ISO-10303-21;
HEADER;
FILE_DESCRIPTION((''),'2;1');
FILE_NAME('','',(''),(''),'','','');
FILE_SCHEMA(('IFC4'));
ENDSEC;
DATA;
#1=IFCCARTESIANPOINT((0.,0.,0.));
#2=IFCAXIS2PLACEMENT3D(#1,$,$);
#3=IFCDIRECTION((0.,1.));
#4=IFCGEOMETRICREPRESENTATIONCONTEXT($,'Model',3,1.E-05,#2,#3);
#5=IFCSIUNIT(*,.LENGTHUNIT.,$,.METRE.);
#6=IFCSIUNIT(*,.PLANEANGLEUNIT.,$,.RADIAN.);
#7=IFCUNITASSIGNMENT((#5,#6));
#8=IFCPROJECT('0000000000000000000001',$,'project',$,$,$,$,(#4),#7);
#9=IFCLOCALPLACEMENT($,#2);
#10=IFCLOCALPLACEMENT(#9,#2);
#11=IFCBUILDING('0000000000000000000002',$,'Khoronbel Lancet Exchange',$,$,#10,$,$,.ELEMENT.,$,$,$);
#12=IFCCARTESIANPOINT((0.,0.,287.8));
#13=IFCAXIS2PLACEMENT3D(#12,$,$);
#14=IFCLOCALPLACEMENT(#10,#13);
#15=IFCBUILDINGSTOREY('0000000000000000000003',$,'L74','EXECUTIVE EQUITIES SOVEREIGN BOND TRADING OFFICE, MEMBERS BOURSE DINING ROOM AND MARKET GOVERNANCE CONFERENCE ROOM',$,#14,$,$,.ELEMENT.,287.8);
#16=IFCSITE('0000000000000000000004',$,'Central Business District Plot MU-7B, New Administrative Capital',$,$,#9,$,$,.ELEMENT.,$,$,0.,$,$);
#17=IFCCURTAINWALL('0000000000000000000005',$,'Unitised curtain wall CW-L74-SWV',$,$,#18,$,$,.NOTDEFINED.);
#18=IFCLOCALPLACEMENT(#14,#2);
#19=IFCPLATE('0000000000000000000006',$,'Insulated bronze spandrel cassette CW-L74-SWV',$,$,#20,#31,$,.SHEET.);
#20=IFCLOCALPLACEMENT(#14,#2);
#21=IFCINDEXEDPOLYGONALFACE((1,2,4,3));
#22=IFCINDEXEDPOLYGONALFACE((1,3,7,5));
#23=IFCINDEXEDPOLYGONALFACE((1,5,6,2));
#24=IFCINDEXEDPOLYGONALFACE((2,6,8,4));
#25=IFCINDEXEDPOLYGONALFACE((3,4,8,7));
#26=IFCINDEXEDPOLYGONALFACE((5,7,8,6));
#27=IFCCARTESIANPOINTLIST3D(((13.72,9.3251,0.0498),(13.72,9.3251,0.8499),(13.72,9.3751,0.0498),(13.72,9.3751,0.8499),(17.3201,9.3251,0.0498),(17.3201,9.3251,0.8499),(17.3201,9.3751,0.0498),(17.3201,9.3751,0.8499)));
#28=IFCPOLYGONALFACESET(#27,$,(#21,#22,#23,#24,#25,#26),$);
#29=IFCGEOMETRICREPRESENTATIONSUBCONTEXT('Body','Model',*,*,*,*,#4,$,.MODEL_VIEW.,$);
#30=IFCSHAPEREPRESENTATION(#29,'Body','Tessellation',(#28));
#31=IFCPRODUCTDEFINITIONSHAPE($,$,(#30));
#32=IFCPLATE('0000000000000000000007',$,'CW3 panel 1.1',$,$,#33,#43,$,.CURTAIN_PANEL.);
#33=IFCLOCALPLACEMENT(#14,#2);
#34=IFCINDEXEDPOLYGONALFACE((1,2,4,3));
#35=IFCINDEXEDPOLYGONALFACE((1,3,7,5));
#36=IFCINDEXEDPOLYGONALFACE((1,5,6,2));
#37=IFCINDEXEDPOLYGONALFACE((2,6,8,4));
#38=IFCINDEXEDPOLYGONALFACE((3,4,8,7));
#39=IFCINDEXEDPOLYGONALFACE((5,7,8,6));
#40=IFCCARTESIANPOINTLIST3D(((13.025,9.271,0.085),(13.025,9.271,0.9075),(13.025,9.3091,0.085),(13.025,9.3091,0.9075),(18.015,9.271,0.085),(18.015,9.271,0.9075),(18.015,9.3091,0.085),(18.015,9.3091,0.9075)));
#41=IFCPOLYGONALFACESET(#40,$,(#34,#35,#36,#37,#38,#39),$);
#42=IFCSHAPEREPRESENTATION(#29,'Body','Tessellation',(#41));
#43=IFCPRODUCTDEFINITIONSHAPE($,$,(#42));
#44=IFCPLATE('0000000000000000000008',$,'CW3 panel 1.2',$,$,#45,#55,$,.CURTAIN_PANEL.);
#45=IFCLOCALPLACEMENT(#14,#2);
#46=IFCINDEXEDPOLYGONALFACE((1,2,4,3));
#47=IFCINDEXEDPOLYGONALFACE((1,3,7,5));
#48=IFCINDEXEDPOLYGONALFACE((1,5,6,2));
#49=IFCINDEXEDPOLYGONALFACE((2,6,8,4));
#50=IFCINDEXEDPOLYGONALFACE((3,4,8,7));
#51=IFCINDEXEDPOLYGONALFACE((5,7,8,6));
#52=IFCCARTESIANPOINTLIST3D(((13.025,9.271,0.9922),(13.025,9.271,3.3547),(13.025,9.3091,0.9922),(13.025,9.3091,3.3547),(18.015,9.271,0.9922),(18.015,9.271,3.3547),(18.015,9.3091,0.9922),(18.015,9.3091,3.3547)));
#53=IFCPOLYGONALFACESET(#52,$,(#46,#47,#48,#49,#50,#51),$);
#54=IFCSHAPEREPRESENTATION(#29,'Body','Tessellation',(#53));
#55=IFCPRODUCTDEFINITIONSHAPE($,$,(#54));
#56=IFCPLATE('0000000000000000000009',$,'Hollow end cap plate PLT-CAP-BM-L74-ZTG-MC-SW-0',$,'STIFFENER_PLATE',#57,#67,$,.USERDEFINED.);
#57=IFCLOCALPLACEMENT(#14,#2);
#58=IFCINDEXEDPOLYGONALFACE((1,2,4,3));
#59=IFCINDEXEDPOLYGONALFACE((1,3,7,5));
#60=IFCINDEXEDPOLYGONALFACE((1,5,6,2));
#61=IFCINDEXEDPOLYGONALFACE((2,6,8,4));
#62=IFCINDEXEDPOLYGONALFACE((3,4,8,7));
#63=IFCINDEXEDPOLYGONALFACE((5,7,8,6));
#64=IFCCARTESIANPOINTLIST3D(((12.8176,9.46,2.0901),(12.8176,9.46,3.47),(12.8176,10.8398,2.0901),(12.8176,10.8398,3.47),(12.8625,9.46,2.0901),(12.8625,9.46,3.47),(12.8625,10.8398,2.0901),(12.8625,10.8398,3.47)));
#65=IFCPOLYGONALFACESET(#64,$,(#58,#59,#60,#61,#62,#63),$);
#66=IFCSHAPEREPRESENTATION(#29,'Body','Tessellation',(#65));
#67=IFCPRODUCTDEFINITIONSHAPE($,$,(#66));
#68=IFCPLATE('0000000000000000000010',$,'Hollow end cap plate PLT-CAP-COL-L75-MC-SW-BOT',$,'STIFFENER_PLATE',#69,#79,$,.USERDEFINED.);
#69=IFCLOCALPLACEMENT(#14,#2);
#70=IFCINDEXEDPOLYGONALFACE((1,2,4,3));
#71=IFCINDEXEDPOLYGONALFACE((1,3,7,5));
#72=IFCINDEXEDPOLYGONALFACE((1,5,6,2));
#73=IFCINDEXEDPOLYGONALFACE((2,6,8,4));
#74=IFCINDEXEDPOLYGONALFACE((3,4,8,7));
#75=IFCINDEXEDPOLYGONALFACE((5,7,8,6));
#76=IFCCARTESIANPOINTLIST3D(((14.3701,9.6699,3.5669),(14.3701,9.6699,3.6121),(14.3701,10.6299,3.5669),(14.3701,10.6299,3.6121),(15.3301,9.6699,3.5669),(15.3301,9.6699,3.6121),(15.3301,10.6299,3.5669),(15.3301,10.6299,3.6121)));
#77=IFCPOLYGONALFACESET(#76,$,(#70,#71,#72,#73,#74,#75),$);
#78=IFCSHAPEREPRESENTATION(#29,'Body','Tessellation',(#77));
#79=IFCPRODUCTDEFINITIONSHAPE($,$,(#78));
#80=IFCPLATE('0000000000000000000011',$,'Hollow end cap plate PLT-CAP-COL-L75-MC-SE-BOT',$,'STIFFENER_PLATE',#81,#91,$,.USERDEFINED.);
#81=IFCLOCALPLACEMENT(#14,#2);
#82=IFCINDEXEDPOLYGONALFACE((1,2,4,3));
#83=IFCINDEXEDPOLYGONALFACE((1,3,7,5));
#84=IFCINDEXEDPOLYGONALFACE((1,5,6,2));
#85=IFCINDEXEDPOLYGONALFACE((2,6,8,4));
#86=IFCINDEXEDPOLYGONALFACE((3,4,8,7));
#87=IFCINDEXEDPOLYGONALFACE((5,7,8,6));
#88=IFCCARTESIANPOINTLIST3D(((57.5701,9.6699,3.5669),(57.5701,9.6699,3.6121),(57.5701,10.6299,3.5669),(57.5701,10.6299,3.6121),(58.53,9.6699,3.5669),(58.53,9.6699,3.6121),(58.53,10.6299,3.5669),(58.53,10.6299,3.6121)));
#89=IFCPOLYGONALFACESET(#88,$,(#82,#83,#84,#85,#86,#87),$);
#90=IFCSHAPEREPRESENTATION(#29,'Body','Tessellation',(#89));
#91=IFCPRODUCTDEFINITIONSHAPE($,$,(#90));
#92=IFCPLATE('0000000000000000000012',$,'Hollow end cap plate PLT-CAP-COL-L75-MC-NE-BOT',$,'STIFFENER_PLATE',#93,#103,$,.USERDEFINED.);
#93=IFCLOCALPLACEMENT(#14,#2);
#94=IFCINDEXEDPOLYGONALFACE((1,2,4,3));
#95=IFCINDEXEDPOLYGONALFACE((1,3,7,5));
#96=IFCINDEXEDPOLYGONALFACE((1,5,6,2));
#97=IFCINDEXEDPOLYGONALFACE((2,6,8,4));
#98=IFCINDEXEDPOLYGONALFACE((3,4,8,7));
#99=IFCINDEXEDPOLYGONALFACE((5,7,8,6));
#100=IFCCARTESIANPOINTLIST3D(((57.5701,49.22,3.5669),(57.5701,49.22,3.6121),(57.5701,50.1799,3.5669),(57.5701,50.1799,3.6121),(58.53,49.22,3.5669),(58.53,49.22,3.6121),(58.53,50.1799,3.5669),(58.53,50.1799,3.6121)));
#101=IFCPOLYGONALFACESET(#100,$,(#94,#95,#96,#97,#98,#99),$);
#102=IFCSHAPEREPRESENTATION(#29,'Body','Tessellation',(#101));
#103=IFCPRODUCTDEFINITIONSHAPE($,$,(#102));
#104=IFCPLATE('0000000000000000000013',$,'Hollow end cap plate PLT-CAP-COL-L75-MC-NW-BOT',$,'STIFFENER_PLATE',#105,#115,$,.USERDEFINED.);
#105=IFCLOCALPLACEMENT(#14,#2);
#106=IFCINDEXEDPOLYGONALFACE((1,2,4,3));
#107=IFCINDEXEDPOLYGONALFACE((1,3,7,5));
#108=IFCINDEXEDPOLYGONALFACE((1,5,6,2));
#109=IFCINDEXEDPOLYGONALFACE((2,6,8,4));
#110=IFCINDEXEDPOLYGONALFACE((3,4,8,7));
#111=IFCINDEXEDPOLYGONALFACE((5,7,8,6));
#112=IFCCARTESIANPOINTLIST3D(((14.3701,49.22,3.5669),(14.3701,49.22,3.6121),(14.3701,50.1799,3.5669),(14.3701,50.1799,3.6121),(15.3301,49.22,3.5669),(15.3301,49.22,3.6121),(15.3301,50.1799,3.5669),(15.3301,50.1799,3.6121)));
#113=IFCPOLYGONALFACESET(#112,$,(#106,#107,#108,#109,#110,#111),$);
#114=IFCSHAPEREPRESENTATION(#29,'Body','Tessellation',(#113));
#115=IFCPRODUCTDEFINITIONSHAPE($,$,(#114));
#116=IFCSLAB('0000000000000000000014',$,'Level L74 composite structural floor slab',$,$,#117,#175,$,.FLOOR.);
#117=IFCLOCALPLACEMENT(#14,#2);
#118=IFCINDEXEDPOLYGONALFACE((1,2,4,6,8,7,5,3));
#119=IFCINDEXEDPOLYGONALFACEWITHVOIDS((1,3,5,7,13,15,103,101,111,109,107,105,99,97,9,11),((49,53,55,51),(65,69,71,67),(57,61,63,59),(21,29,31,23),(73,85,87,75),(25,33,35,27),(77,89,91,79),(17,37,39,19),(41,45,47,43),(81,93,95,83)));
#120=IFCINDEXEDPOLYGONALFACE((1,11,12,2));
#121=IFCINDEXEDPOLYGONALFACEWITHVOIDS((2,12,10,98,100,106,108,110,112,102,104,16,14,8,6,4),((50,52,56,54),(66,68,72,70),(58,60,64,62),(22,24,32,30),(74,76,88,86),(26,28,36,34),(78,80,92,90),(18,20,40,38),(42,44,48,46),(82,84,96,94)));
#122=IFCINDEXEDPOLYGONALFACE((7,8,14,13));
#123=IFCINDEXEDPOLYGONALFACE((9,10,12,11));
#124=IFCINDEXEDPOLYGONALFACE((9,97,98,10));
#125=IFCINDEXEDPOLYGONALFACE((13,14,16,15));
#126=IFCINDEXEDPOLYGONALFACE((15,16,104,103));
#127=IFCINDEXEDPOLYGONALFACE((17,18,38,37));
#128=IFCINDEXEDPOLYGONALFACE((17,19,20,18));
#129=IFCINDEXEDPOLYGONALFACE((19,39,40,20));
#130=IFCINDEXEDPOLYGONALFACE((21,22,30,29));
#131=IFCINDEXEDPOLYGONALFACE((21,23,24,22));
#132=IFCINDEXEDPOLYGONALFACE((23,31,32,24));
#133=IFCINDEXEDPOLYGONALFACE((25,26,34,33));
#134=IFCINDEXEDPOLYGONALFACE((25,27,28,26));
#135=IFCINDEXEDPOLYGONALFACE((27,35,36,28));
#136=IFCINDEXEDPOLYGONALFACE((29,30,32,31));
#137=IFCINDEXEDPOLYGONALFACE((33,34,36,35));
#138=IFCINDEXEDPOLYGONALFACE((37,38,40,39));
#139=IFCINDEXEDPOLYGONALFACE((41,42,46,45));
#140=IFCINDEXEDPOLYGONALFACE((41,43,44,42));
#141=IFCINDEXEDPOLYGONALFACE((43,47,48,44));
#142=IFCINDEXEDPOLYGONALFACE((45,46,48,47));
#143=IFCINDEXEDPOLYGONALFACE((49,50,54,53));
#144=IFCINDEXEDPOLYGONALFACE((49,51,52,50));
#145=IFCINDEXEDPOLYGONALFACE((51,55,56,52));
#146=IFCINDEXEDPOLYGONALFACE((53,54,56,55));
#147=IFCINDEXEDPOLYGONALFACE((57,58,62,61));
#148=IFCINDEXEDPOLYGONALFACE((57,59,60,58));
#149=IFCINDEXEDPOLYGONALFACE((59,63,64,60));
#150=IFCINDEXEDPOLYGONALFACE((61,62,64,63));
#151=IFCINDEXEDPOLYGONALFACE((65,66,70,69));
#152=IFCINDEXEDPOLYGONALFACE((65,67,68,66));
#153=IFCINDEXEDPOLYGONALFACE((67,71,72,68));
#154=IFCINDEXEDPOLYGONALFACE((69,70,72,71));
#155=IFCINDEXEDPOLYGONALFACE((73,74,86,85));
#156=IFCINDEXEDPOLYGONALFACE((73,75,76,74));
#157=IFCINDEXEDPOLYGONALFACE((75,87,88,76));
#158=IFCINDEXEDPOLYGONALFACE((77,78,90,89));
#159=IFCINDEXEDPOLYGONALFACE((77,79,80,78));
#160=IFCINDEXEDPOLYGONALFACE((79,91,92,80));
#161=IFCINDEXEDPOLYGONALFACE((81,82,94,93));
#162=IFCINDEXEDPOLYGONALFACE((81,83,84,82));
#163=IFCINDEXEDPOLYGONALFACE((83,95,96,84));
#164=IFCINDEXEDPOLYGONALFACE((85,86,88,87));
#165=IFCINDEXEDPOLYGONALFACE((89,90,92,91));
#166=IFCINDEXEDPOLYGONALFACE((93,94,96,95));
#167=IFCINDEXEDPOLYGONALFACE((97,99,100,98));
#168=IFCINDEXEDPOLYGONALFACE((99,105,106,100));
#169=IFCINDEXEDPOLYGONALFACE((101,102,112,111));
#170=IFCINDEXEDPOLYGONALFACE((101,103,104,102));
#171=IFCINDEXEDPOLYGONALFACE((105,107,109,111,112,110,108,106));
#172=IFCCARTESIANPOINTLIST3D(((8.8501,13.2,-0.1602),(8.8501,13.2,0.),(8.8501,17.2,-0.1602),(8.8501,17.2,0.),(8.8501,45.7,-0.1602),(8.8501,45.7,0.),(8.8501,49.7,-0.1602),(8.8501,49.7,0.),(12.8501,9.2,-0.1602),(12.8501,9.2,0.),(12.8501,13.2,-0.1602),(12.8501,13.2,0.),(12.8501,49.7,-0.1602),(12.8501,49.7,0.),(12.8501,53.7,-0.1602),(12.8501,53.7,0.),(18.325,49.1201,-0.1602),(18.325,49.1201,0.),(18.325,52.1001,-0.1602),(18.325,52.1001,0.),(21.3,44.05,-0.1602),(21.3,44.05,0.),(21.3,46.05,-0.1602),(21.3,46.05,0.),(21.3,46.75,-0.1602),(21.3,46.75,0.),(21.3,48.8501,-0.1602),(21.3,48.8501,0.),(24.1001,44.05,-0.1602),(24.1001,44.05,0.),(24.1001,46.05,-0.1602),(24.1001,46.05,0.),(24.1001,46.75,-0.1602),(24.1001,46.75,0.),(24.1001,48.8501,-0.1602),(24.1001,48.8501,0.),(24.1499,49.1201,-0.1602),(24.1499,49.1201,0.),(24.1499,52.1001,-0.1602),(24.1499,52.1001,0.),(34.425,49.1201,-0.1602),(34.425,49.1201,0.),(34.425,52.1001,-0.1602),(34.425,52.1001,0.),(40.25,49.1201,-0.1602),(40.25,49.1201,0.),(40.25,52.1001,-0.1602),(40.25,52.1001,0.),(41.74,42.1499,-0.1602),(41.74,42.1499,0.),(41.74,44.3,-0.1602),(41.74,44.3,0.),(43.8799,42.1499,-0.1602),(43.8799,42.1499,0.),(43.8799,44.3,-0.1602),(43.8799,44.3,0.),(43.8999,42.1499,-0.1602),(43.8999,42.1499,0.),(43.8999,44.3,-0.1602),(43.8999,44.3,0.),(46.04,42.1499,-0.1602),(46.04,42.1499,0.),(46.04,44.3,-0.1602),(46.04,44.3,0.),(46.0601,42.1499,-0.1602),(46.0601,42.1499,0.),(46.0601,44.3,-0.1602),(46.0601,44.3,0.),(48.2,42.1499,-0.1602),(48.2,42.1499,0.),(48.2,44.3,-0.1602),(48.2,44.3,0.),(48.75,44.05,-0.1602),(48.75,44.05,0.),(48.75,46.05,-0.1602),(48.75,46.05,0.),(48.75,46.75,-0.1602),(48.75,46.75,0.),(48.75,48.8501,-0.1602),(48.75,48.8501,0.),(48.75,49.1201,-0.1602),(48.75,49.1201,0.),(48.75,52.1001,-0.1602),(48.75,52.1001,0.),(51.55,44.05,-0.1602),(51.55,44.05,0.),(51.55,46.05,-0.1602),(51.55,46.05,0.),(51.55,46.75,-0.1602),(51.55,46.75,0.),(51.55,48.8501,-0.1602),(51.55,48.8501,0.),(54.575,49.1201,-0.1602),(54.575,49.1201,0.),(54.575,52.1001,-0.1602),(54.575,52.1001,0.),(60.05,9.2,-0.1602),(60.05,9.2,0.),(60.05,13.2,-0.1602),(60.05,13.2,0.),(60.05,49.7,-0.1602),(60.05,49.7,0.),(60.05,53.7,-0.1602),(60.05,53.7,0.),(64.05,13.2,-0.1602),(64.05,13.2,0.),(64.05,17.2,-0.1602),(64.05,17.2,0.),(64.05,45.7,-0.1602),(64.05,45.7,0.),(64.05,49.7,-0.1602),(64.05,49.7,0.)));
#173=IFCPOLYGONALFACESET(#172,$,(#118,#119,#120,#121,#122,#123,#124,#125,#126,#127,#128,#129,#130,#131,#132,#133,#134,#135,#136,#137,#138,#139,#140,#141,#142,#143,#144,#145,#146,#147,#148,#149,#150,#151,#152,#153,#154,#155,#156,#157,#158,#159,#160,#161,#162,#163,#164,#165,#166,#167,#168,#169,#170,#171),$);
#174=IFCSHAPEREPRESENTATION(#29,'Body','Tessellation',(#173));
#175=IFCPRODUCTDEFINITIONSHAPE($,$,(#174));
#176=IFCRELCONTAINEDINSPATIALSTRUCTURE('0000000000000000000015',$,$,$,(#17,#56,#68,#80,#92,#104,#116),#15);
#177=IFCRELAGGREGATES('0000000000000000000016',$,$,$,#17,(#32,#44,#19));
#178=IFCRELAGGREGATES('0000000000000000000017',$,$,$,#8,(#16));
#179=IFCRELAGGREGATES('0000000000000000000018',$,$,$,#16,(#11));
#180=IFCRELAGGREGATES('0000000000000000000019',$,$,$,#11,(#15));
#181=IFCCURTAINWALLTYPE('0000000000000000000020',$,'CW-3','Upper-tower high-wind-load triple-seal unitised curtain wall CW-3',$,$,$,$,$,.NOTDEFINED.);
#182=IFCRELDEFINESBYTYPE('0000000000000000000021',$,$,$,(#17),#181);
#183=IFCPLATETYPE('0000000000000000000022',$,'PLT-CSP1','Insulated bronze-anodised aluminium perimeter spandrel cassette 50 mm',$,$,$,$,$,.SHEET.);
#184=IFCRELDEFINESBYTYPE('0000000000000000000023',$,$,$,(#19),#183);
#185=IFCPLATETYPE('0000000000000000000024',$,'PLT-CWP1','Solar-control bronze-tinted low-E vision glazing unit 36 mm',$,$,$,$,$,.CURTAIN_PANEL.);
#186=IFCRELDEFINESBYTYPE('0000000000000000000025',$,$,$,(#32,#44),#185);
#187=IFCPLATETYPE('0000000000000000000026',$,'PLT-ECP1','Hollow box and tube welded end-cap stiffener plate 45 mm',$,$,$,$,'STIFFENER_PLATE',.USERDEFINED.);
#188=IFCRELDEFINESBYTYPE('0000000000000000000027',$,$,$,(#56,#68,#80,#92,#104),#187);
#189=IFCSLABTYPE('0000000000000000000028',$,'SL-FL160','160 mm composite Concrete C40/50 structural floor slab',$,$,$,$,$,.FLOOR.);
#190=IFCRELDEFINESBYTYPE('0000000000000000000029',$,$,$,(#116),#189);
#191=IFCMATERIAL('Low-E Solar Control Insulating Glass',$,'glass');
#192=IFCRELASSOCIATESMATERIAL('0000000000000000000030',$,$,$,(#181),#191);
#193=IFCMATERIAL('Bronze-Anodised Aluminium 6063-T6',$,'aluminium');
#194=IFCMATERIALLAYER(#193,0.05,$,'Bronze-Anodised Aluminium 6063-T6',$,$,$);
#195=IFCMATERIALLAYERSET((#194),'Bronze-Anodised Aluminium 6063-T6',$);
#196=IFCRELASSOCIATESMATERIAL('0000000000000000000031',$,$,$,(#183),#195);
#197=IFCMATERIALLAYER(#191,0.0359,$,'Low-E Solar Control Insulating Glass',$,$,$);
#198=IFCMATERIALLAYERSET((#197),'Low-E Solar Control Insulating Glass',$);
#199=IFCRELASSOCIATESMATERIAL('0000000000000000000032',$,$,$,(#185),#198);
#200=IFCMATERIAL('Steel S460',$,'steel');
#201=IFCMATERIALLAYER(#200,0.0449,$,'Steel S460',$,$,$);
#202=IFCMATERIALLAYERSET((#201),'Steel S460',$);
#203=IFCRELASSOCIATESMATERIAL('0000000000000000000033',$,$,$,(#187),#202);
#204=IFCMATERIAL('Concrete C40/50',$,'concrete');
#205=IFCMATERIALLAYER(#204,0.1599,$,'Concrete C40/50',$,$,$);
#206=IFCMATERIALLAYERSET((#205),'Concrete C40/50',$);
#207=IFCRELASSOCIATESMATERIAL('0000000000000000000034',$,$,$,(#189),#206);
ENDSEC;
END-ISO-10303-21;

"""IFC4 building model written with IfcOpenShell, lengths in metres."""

from ifc_helpers import new_model, si_unit, direction, frame, origin, origin_2d, place, context, subcontext, project, spatial, polyline, rectangle, outline, extrude, material, layer, layer_set, type_object, element, aggregate, save


model = new_model("IFC4")

# Units and contexts
model_context = context("Model", 3, precision=1e-05, world=origin(), true_north=direction((0.0, 1.0)))
body_context = subcontext(model_context, "Body", "Model", "MODEL_VIEW")
ifc_project = project(units=[si_unit("LENGTHUNIT", "METRE"), si_unit("PLANEANGLEUNIT", "RADIAN")], contexts=[model_context])

# Site, building, storey
site_placement = place(None, origin())
site = spatial("IfcSite", under=ifc_project, at=site_placement, Name="Central Business District Plot MU-7B, New Administrative Capital", CompositionType="ELEMENT", RefElevation=0.0)
building_placement = place(site_placement, origin())
building = spatial("IfcBuilding", under=site, at=building_placement, Name="Khoronbel Lancet Exchange", CompositionType="ELEMENT")
storey_placement = place(building_placement, frame((0.0, 0.0, 287.8)))
storey = spatial("IfcBuildingStorey", under=building, at=storey_placement, Name="L74", Description="EXECUTIVE EQUITIES SOVEREIGN BOND TRADING OFFICE, MEMBERS BOURSE DINING ROOM AND MARKET GOVERNANCE CONFERENCE ROOM", CompositionType="ELEMENT", Elevation=287.8)

# Shared definitions
ifc_material_1 = material(Name="Steel S460", Category="steel")

# Curtain wall
ifc_material_2 = material(Name="Low-E Solar Control Insulating Glass", Category="glass")
curtain_wall_type = type_object("IfcCurtainWallType", Name="CW-3", Description="Upper-tower high-wind-load triple-seal unitised curtain wall CW-3", PredefinedType="NOTDEFINED", material=ifc_material_2)
curtain_wall_1_placement = place(storey_placement, origin())
curtain_wall_1 = element("IfcCurtainWall", 1, at=curtain_wall_1_placement, inside=storey, type_object=curtain_wall_type, Name="Unitised curtain wall CW-L74-SWV", PredefinedType="NOTDEFINED")
ifc_material_3 = material(Name="Bronze-Anodised Aluminium 6063-T6", Category="aluminium")

# Plates
ifc_layer_1 = layer(ifc_material_3, 0.05, Name="Bronze-Anodised Aluminium 6063-T6")
ifc_layer_set_1 = layer_set([ifc_layer_1], Name="Bronze-Anodised Aluminium 6063-T6")
plate_type_1 = type_object("IfcPlateType", Name="PLT-CSP1", Description="Insulated bronze-anodised aluminium perimeter spandrel cassette 50 mm", PredefinedType="SHEET", material=ifc_layer_set_1)
plate_1_placement = place(storey_placement, frame((15.52, 9.3501, 0.0498), z_axis=(0.0, 0.0, 1.0), x_axis=(1.0, 0.0, 0.0)))
plate_1 = element("IfcPlate", 2, at=plate_1_placement, type_object=plate_type_1, Name="Insulated bronze spandrel cassette CW-L74-SWV", PredefinedType="SHEET", context=body_context, shape_type="SweptSolid", body=[
    extrude(rectangle(XDim=3.6001, YDim=0.05, at=origin_2d()), origin(), (0.0, 0.0, 1.0), 0.8),
])
ifc_layer_2 = layer(ifc_material_2, 0.0359, Name="Low-E Solar Control Insulating Glass")
ifc_layer_set_2 = layer_set([ifc_layer_2], Name="Low-E Solar Control Insulating Glass")
plate_type_2 = type_object("IfcPlateType", Name="PLT-CWP1", Description="Solar-control bronze-tinted low-E vision glazing unit 36 mm", PredefinedType="CURTAIN_PANEL", material=ifc_layer_set_2)
plate_2_placement = place(storey_placement, frame((15.52, 9.29, 0.085), z_axis=(0.0, 0.0, 1.0), x_axis=(1.0, 0.0, 0.0)))
plate_2 = element("IfcPlate", 3, at=plate_2_placement, type_object=plate_type_2, Name="CW3 panel 1.1", PredefinedType="CURTAIN_PANEL", context=body_context, shape_type="SweptSolid", body=[
    extrude(rectangle(XDim=4.99, YDim=0.0381, at=origin_2d()), origin(), (0.0, 0.0, 1.0), 0.8225),
])
plate_3_placement = place(storey_placement, frame((15.52, 9.29, 0.9922), z_axis=(0.0, 0.0, 1.0), x_axis=(1.0, 0.0, 0.0)))
plate_3 = element("IfcPlate", 4, at=plate_3_placement, type_object=plate_type_2, Name="CW3 panel 1.2", PredefinedType="CURTAIN_PANEL", context=body_context, shape_type="SweptSolid", body=[
    extrude(rectangle(XDim=4.99, YDim=0.0381, at=origin_2d()), origin(), (0.0, 0.0, 1.0), 2.3625),
])
aggregate(curtain_wall_1, [plate_2, plate_3, plate_1])

# Plates
ifc_layer_3 = layer(ifc_material_1, 0.0449, Name="Steel S460")
ifc_layer_set_3 = layer_set([ifc_layer_3], Name="Steel S460")
plate_type_3 = type_object("IfcPlateType", Name="PLT-ECP1", Description="Hollow box and tube welded end-cap stiffener plate 45 mm", ElementType="STIFFENER_PLATE", PredefinedType="USERDEFINED", material=ifc_layer_set_3)
plate_4_placement = place(storey_placement, frame((12.8401, 10.1499, 2.0901), z_axis=(0.0, 0.0, 1.0), x_axis=(-1.0, 0.0, 0.0)))
element("IfcPlate", 5, at=plate_4_placement, inside=storey, type_object=plate_type_3, Name="Hollow end cap plate PLT-CAP-BM-L74-ZTG-MC-SW-0", ObjectType="STIFFENER_PLATE", PredefinedType="USERDEFINED", context=body_context, shape_type="SweptSolid", body=[
    extrude(rectangle(XDim=0.0449, YDim=1.3799, at=origin_2d()), origin(), (0.0, 0.0, 1.0), 1.3799),
])
plate_5_placement = place(storey_placement, frame((0.0, 0.0, 3.5669)))
element("IfcPlate", 6, at=plate_5_placement, inside=storey, type_object=plate_type_3, Name="Hollow end cap plate PLT-CAP-COL-L75-MC-SW-BOT", ObjectType="STIFFENER_PLATE", PredefinedType="USERDEFINED", context=body_context, shape_type="SweptSolid", body=[
    extrude(outline(polyline([(14.3701, 9.6699), (15.3301, 9.6699), (15.3301, 10.6299), (14.3701, 10.6299), (14.3701, 9.6699)])), origin(), (0.0, 0.0, 1.0), 0.0452),
])
plate_6_placement = place(storey_placement, frame((0.0, 0.0, 3.5669)))
element("IfcPlate", 7, at=plate_6_placement, inside=storey, type_object=plate_type_3, Name="Hollow end cap plate PLT-CAP-COL-L75-MC-SE-BOT", ObjectType="STIFFENER_PLATE", PredefinedType="USERDEFINED", context=body_context, shape_type="SweptSolid", body=[
    extrude(outline(polyline([(57.5701, 9.6699), (58.53, 9.6699), (58.53, 10.6299), (57.5701, 10.6299), (57.5701, 9.6699)])), origin(), (0.0, 0.0, 1.0), 0.0452),
])
plate_7_placement = place(storey_placement, frame((0.0, 0.0, 3.5669)))
element("IfcPlate", 8, at=plate_7_placement, inside=storey, type_object=plate_type_3, Name="Hollow end cap plate PLT-CAP-COL-L75-MC-NE-BOT", ObjectType="STIFFENER_PLATE", PredefinedType="USERDEFINED", context=body_context, shape_type="SweptSolid", body=[
    extrude(outline(polyline([(57.5701, 49.22), (58.53, 49.22), (58.53, 50.1799), (57.5701, 50.1799), (57.5701, 49.22)])), origin(), (0.0, 0.0, 1.0), 0.0452),
])
plate_8_placement = place(storey_placement, frame((0.0, 0.0, 3.5669)))
element("IfcPlate", 9, at=plate_8_placement, inside=storey, type_object=plate_type_3, Name="Hollow end cap plate PLT-CAP-COL-L75-MC-NW-BOT", ObjectType="STIFFENER_PLATE", PredefinedType="USERDEFINED", context=body_context, shape_type="SweptSolid", body=[
    extrude(outline(polyline([(14.3701, 49.22), (15.3301, 49.22), (15.3301, 50.1799), (14.3701, 50.1799), (14.3701, 49.22)])), origin(), (0.0, 0.0, 1.0), 0.0452),
])

# Slab
ifc_material_4 = material(Name="Concrete C40/50", Category="concrete")
ifc_layer_4 = layer(ifc_material_4, 0.1599, Name="Concrete C40/50")
ifc_layer_set_4 = layer_set([ifc_layer_4], Name="Concrete C40/50")
slab_type_1 = type_object("IfcSlabType", Name="SL-FL160", Description="160 mm composite Concrete C40/50 structural floor slab", PredefinedType="FLOOR", material=ifc_layer_set_4)
slab_1_placement = place(storey_placement, frame((0.0, 0.0, -0.1602)))
element("IfcSlab", 10, at=slab_1_placement, inside=storey, type_object=slab_type_1, Name="Level L74 composite structural floor slab", PredefinedType="FLOOR", context=body_context, shape_type="SweptSolid", body=[
    extrude(outline(polyline([(12.8501, 9.2), (60.05, 9.2), (60.05, 13.2), (64.05, 13.2), (64.05, 17.2), (64.05, 45.7), (64.05, 49.7), (60.05, 49.7), (60.05, 53.7), (12.8501, 53.7), (12.8501, 49.7), (8.8501, 49.7), (8.8501, 45.7), (8.8501, 17.2), (8.8501, 13.2), (12.8501, 13.2), (12.8501, 9.2)]), holes=[polyline([(18.325, 49.1201), (24.1499, 49.1201), (24.1499, 52.1001), (18.325, 52.1001), (18.325, 49.1201)]), polyline([(48.75, 49.1201), (54.575, 49.1201), (54.575, 52.1001), (48.75, 52.1001), (48.75, 49.1201)]), polyline([(34.425, 49.1201), (40.25, 49.1201), (40.25, 52.1001), (34.425, 52.1001), (34.425, 49.1201)]), polyline([(41.74, 42.1499), (43.8799, 42.1499), (43.8799, 44.3), (41.74, 44.3), (41.74, 42.1499)]), polyline([(43.8999, 42.1499), (46.04, 42.1499), (46.04, 44.3), (43.8999, 44.3), (43.8999, 42.1499)]), polyline([(46.0601, 42.1499), (48.2, 42.1499), (48.2, 44.3), (46.0601, 44.3), (46.0601, 42.1499)]), polyline([(21.3, 46.75), (24.1001, 46.75), (24.1001, 48.8501), (21.3, 48.8501), (21.3, 46.75)]), polyline([(48.75, 46.75), (51.55, 46.75), (51.55, 48.8501), (48.75, 48.8501), (48.75, 46.75)]), polyline([(21.3, 44.05), (24.1001, 44.05), (24.1001, 46.05), (21.3, 46.05), (21.3, 44.05)]), polyline([(48.75, 44.05), (51.55, 44.05), (51.55, 46.05), (48.75, 46.05), (48.75, 44.05)])]), origin(), (0.0, 0.0, 1.0), 0.1602),
])

save(model, "model.ifc")
